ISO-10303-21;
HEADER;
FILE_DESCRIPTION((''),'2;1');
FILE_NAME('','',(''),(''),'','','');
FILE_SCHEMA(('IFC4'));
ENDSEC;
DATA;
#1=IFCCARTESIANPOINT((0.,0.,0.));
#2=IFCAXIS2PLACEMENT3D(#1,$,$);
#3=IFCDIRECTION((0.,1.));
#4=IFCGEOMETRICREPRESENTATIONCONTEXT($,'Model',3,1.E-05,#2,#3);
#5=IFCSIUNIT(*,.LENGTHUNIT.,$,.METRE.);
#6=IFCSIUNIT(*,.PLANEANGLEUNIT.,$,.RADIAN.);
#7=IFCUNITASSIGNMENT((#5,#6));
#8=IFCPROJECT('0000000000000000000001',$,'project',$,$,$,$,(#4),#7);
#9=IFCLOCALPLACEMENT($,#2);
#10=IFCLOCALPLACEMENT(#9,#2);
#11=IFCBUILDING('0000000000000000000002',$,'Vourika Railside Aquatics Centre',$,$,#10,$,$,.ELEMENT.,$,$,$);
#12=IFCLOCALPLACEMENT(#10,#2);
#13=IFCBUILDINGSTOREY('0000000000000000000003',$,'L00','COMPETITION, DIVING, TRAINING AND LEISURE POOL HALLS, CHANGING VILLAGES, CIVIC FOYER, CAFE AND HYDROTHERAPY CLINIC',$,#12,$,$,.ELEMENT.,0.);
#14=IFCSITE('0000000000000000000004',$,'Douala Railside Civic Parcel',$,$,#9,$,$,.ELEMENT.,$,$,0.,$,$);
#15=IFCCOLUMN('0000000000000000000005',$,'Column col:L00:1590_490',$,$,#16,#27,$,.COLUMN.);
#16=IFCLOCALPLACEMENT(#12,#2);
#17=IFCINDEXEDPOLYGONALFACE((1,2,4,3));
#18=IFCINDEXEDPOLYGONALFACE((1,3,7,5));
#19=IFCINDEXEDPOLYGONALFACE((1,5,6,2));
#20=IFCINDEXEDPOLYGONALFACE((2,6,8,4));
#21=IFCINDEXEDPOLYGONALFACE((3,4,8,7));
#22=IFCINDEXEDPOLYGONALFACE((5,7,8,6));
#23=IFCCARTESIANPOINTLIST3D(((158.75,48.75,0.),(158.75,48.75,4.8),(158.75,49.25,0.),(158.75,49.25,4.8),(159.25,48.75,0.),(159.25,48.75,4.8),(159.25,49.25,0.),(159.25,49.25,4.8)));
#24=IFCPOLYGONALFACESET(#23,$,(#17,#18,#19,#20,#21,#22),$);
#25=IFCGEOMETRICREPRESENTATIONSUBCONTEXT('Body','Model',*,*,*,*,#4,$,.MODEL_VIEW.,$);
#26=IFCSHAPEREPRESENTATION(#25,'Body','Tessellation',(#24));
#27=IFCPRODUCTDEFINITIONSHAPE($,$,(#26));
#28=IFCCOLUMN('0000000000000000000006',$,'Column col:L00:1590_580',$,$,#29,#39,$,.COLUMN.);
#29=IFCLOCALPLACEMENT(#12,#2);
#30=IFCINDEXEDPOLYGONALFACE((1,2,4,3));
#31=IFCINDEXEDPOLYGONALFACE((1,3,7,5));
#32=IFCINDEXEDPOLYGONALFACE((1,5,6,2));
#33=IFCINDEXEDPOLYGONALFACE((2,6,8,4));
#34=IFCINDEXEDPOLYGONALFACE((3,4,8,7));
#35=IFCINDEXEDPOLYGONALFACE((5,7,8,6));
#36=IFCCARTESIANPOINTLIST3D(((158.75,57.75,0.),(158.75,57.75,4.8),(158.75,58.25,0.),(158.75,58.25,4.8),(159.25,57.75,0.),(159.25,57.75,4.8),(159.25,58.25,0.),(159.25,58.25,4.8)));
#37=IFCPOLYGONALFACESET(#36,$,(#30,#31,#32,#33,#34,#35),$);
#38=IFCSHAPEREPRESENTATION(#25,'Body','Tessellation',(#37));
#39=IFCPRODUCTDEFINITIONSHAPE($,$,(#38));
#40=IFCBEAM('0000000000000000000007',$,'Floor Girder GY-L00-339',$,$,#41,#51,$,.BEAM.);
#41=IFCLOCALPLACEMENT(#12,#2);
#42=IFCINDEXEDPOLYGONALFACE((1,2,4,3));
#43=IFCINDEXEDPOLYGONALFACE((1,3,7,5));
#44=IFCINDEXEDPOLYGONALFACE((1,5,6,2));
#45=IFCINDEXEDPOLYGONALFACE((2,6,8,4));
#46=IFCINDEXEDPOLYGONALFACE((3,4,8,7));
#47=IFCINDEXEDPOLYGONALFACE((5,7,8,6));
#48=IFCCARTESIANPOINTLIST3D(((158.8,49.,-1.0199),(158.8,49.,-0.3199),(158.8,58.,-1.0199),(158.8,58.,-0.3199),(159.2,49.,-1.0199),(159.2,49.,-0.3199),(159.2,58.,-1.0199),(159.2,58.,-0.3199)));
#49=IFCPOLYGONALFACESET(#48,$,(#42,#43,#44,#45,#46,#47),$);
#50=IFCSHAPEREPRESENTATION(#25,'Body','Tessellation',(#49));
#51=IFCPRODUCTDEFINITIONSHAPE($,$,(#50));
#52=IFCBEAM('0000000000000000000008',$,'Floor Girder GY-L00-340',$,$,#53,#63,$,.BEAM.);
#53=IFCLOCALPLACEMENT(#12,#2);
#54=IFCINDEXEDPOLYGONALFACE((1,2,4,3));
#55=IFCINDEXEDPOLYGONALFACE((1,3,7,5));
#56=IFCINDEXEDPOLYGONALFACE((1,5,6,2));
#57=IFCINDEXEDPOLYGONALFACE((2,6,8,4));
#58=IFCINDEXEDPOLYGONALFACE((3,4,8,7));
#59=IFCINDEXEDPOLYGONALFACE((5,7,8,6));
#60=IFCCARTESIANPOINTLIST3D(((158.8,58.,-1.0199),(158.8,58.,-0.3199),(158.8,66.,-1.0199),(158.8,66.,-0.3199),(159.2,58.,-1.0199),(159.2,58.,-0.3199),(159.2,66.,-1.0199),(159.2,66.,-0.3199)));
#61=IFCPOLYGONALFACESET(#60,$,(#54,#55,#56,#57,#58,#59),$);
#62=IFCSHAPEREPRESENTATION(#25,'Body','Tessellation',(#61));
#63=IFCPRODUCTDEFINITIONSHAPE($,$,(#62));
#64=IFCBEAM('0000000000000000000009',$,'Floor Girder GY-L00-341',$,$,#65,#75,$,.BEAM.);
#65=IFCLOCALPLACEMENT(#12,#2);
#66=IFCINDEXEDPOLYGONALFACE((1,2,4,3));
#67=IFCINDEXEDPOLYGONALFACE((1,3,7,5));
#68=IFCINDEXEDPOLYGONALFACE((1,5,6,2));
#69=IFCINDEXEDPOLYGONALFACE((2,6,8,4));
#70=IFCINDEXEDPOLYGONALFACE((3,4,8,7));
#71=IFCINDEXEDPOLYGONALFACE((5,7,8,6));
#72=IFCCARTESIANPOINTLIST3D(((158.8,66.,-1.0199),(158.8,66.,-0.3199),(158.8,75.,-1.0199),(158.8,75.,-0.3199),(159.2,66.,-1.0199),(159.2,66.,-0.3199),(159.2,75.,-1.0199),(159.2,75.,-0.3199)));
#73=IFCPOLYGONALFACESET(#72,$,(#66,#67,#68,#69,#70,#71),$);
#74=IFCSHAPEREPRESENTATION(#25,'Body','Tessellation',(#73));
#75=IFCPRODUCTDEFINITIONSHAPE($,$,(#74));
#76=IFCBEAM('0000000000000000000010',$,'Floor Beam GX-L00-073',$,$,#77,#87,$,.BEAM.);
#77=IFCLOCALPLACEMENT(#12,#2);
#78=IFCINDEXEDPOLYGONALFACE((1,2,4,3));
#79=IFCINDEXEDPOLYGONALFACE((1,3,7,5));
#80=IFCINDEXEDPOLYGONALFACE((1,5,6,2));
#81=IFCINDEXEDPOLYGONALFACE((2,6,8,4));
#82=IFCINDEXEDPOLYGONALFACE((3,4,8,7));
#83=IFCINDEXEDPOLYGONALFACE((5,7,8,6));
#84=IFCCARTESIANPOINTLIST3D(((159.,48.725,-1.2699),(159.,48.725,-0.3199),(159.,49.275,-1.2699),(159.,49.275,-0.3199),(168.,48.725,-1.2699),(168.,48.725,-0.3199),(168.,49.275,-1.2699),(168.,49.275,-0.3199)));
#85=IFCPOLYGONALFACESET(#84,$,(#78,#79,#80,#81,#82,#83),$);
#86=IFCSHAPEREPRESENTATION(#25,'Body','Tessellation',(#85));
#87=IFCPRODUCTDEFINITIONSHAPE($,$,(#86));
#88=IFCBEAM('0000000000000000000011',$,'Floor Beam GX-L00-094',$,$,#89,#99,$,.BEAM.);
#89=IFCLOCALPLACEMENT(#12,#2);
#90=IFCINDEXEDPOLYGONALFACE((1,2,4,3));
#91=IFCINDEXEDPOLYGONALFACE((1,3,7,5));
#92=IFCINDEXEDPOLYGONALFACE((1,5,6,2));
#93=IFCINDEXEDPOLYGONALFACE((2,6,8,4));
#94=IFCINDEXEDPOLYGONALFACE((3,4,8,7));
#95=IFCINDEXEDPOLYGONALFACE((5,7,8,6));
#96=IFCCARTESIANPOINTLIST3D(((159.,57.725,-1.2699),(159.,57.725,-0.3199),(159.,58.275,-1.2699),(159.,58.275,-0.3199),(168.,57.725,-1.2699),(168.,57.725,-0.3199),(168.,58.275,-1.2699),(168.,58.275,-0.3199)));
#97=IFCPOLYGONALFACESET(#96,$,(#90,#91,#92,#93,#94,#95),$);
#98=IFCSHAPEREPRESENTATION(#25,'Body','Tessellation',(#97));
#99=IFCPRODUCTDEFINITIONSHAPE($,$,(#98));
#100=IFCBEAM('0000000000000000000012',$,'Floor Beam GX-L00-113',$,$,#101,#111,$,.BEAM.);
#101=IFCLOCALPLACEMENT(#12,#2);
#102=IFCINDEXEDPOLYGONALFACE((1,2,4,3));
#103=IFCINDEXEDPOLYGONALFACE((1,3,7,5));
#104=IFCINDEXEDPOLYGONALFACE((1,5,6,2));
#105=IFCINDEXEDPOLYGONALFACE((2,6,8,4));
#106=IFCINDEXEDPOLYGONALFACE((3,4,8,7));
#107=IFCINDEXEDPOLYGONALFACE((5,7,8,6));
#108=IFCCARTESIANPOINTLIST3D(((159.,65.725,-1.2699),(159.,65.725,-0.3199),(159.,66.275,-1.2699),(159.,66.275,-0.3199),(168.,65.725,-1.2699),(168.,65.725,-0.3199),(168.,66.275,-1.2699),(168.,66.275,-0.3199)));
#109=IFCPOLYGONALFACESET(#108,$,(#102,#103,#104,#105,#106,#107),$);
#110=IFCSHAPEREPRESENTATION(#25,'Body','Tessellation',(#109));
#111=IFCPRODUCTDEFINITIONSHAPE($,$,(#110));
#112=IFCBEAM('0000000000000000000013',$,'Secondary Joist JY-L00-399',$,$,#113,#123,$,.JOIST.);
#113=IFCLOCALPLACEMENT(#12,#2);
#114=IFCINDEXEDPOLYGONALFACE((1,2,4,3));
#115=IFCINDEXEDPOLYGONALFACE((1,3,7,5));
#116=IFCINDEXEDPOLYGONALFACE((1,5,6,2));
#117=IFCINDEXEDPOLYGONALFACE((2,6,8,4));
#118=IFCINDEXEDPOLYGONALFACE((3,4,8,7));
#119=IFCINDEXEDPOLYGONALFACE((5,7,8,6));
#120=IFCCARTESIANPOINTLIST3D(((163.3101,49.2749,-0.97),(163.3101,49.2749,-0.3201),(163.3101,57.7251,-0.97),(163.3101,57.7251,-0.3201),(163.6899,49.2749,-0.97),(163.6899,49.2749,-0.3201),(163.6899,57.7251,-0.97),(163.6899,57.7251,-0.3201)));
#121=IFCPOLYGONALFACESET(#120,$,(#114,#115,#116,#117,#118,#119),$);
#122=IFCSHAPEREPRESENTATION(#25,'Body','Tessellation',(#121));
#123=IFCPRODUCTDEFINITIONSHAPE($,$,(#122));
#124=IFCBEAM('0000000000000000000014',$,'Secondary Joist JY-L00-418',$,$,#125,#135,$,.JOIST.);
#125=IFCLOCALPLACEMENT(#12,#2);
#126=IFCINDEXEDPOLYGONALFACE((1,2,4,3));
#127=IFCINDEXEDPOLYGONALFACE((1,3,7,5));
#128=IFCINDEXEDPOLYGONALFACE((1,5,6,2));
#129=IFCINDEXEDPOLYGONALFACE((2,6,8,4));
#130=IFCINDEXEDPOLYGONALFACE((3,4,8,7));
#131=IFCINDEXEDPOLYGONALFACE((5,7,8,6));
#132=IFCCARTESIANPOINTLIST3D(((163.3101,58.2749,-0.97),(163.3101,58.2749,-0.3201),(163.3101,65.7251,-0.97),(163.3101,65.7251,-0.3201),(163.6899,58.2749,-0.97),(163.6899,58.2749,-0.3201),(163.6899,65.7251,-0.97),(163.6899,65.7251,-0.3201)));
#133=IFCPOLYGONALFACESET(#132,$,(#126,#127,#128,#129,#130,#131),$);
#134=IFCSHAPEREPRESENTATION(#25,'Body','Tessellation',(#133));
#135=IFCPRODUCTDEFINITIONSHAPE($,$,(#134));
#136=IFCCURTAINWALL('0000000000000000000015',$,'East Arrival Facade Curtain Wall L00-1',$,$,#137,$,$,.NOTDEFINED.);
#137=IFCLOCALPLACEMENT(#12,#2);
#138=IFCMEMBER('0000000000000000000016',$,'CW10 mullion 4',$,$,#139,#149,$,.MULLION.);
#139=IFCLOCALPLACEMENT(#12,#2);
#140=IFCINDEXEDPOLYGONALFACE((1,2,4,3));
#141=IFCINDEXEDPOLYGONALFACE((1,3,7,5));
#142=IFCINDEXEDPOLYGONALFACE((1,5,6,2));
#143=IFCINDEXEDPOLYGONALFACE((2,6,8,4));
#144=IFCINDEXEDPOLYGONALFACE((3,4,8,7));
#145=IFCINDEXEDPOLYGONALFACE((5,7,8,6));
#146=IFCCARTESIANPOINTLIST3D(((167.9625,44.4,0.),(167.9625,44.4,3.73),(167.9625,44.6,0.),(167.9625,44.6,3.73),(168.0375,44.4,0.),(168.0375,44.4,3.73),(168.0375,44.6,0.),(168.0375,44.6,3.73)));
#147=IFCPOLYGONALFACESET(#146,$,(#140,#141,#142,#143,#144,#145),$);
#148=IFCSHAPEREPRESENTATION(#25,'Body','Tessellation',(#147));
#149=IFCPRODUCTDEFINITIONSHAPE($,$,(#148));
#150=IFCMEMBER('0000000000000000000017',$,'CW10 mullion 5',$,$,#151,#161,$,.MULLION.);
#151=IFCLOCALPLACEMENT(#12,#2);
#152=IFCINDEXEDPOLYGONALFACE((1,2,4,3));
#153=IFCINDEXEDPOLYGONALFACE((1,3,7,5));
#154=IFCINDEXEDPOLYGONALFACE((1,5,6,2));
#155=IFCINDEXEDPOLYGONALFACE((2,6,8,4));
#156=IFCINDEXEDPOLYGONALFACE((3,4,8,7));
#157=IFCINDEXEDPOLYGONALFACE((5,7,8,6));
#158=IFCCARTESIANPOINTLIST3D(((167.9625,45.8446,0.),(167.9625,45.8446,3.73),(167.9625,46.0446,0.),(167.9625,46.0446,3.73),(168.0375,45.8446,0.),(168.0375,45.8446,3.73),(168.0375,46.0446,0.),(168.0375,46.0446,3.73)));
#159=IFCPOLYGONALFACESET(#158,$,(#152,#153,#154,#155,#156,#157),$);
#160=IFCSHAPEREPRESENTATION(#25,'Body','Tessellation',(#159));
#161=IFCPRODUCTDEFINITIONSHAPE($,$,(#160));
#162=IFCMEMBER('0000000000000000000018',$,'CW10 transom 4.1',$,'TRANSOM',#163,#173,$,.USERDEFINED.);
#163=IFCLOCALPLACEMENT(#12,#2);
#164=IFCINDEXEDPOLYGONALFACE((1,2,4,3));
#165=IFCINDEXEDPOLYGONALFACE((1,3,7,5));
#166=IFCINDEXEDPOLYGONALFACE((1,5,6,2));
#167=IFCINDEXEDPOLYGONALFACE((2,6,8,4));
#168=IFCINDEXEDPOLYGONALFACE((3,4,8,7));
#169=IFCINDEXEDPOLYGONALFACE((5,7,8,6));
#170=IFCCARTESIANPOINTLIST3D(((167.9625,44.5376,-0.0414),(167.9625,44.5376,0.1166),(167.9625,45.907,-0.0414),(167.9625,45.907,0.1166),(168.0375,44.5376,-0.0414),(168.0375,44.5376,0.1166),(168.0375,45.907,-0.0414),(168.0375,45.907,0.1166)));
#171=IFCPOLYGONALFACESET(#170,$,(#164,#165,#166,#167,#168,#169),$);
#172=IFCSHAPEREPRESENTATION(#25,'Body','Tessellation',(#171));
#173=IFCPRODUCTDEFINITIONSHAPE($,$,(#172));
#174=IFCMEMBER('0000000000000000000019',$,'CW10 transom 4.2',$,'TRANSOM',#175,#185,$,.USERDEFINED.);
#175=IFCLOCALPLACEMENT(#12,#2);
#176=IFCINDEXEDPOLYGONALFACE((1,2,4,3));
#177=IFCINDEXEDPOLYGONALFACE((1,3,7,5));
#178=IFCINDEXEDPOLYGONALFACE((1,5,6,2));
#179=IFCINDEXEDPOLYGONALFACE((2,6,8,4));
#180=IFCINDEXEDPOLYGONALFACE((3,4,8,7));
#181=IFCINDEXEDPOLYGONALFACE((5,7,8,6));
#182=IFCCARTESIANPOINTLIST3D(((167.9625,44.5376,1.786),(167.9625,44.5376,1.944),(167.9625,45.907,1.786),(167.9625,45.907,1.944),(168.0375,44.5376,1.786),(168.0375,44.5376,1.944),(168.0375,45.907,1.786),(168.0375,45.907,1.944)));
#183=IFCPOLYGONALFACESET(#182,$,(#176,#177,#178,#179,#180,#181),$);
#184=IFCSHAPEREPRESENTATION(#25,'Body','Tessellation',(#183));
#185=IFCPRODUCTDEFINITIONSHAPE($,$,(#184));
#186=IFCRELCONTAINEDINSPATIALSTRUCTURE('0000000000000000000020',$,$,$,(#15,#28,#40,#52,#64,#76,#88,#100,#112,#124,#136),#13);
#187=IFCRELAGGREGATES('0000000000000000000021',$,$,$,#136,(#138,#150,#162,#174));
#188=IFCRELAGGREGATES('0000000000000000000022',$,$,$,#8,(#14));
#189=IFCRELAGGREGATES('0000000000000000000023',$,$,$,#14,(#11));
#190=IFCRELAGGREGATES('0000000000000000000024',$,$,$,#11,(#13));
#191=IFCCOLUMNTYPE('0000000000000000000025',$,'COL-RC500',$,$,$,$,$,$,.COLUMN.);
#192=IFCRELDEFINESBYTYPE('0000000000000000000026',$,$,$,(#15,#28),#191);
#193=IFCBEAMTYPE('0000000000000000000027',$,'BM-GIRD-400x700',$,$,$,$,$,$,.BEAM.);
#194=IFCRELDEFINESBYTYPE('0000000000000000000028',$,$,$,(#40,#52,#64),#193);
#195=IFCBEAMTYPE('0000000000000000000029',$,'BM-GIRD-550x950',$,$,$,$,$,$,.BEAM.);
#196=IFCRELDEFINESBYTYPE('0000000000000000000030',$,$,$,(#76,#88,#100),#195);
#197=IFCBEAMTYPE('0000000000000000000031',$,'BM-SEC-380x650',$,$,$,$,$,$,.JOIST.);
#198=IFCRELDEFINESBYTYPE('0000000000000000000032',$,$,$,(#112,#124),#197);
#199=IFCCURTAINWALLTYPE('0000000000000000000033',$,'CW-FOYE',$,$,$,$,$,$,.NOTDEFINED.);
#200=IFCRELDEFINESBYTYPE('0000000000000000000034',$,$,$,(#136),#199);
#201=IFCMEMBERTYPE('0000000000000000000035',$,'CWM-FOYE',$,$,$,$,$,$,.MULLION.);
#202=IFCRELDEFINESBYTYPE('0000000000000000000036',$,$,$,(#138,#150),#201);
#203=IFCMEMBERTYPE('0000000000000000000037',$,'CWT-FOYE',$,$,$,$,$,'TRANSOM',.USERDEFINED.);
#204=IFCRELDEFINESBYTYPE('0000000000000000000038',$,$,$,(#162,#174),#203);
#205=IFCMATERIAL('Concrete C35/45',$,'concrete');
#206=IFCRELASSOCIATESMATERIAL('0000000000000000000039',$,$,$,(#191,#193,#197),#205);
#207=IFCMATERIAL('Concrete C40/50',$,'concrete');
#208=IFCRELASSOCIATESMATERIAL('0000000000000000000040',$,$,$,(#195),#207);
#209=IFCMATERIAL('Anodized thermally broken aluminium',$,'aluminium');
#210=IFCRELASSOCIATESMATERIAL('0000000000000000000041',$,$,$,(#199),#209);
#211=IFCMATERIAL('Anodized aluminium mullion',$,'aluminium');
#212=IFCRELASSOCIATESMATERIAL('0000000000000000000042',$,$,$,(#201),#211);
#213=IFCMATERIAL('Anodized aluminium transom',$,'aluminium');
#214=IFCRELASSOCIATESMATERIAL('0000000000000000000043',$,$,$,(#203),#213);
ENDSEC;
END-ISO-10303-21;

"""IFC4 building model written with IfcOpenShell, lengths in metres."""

from ifc_helpers import new_model, si_unit, direction, frame, origin, origin_2d, place, context, subcontext, project, spatial, rectangle, extrude, material, material_profile, profile_set, type_object, element, aggregate, save


model = new_model("IFC4")

# Units and contexts
model_context = context("Model", 3, precision=1e-05, world=origin(), true_north=direction((0.0, 1.0)))
body_context = subcontext(model_context, "Body", "Model", "MODEL_VIEW")
ifc_project = project(units=[si_unit("LENGTHUNIT", "METRE"), si_unit("PLANEANGLEUNIT", "RADIAN")], contexts=[model_context])

# Site, building, storey
site_placement = place(None, origin())
site = spatial("IfcSite", under=ifc_project, at=site_placement, Name="Douala Railside Civic Parcel", CompositionType="ELEMENT", RefElevation=0.0)
building_placement = place(site_placement, origin())
building = spatial("IfcBuilding", under=site, at=building_placement, Name="Vourika Railside Aquatics Centre", CompositionType="ELEMENT")
storey_placement = place(building_placement, origin())
storey = spatial("IfcBuildingStorey", under=building, at=storey_placement, Name="L00", Description="COMPETITION, DIVING, TRAINING AND LEISURE POOL HALLS, CHANGING VILLAGES, CIVIC FOYER, CAFE AND HYDROTHERAPY CLINIC", CompositionType="ELEMENT", Elevation=0.0)

# Columns
ifc_material_1 = material(Name="Concrete C35/45", Category="concrete")
ifc_material_profile_1 = material_profile(ifc_material_1, rectangle(XDim=0.5, YDim=0.5, at=origin_2d()), Name="RC 500x500")
ifc_profile_set_1 = profile_set([ifc_material_profile_1], Name="Concrete C35/45")
column_type = type_object("IfcColumnType", Name="COL-RC500", PredefinedType="COLUMN", material=ifc_profile_set_1)
for number, where, z_axis, x_axis, name in (
    (1, (159.0, 49.0, 0.0), (0.0, 0.0, 1.0), (1.0, 0.0, 0.0), "Column col:L00:1590_490"),
    (2, (159.0, 58.0, 0.0), (0.0, 0.0, 1.0), (1.0, 0.0, 0.0), "Column col:L00:1590_580"),
):
    element("IfcColumn", number, at=place(storey_placement, frame(where, z_axis=z_axis, x_axis=x_axis)), inside=storey, type_object=column_type, Name=name, PredefinedType="COLUMN", context=body_context, shape_type="SweptSolid", body=[
        extrude(rectangle(XDim=0.5, YDim=0.5, at=origin_2d()), origin(), (0.0, 0.0, 1.0), 4.8),
    ])

# Beams
ifc_material_profile_2 = material_profile(ifc_material_1, rectangle(XDim=0.3999, YDim=0.7, at=origin_2d()), Name="RC 400x700")
ifc_profile_set_2 = profile_set([ifc_material_profile_2], Name="Concrete C35/45")
beam_type_1 = type_object("IfcBeamType", Name="BM-GIRD-400x700", PredefinedType="BEAM", material=ifc_profile_set_2)
beam_1_placement = place(storey_placement, frame((159.0, 49.0, -0.6699), z_axis=(0.0, 1.0, 0.0), x_axis=(-1.0, 0.0, 0.0)))
element("IfcBeam", 3, at=beam_1_placement, inside=storey, type_object=beam_type_1, Name="Floor Girder GY-L00-339", PredefinedType="BEAM", context=body_context, shape_type="SweptSolid", body=[
    extrude(rectangle(XDim=0.3999, YDim=0.7, at=origin_2d()), origin(), (0.0, 0.0, 1.0), 9.0),
])
beam_2_placement = place(storey_placement, frame((159.0, 58.0, -0.6699), z_axis=(0.0, 1.0, 0.0), x_axis=(-1.0, 0.0, 0.0)))
element("IfcBeam", 4, at=beam_2_placement, inside=storey, type_object=beam_type_1, Name="Floor Girder GY-L00-340", PredefinedType="BEAM", context=body_context, shape_type="SweptSolid", body=[
    extrude(rectangle(XDim=0.3999, YDim=0.7, at=origin_2d()), origin(), (0.0, 0.0, 1.0), 8.0),
])
beam_3_placement = place(storey_placement, frame((159.0, 66.0, -0.6699), z_axis=(0.0, 1.0, 0.0), x_axis=(-1.0, 0.0, 0.0)))
element("IfcBeam", 5, at=beam_3_placement, inside=storey, type_object=beam_type_1, Name="Floor Girder GY-L00-341", PredefinedType="BEAM", context=body_context, shape_type="SweptSolid", body=[
    extrude(rectangle(XDim=0.3999, YDim=0.7, at=origin_2d()), origin(), (0.0, 0.0, 1.0), 9.0),
])
ifc_material_2 = material(Name="Concrete C40/50", Category="concrete")
ifc_material_profile_3 = material_profile(ifc_material_2, rectangle(XDim=0.55, YDim=0.95, at=origin_2d()), Name="RC 550x950")
ifc_profile_set_3 = profile_set([ifc_material_profile_3], Name="Concrete C40/50")
beam_type_2 = type_object("IfcBeamType", Name="BM-GIRD-550x950", PredefinedType="BEAM", material=ifc_profile_set_3)
for number, where, z_axis, x_axis, name in (
    (6, (159.0, 49.0, -0.7949), (1.0, 0.0, 0.0), (0.0, 1.0, 0.0), "Floor Beam GX-L00-073"),
    (7, (159.0, 58.0, -0.7949), (1.0, 0.0, 0.0), (0.0, 1.0, 0.0), "Floor Beam GX-L00-094"),
    (8, (159.0, 66.0, -0.7949), (1.0, 0.0, 0.0), (0.0, 1.0, 0.0), "Floor Beam GX-L00-113"),
):
    element("IfcBeam", number, at=place(storey_placement, frame(where, z_axis=z_axis, x_axis=x_axis)), inside=storey, type_object=beam_type_2, Name=name, PredefinedType="BEAM", context=body_context, shape_type="SweptSolid", body=[
        extrude(rectangle(XDim=0.55, YDim=0.95, at=origin_2d()), origin(), (0.0, 0.0, 1.0), 9.0),
    ])
ifc_material_profile_4 = material_profile(ifc_material_1, rectangle(XDim=0.3799, YDim=0.6499, at=origin_2d()), Name="RC 380x650")
ifc_profile_set_4 = profile_set([ifc_material_profile_4], Name="Concrete C35/45")
beam_type_3 = type_object("IfcBeamType", Name="BM-SEC-380x650", PredefinedType="JOIST", material=ifc_profile_set_4)
beam_4_placement = place(storey_placement, frame((163.5, 49.2749, -0.645), z_axis=(0.0, 1.0, 0.0), x_axis=(-1.0, 0.0, 0.0)))
element("IfcBeam", 9, at=beam_4_placement, inside=storey, type_object=beam_type_3, Name="Secondary Joist JY-L00-399", PredefinedType="JOIST", context=body_context, shape_type="SweptSolid", body=[
    extrude(rectangle(XDim=0.3799, YDim=0.6499, at=origin_2d()), origin(), (0.0, 0.0, 1.0), 8.4502),
])
beam_5_placement = place(storey_placement, frame((163.5, 58.2749, -0.645), z_axis=(0.0, 1.0, 0.0), x_axis=(-1.0, 0.0, 0.0)))
element("IfcBeam", 10, at=beam_5_placement, inside=storey, type_object=beam_type_3, Name="Secondary Joist JY-L00-418", PredefinedType="JOIST", context=body_context, shape_type="SweptSolid", body=[
    extrude(rectangle(XDim=0.3799, YDim=0.6499, at=origin_2d()), origin(), (0.0, 0.0, 1.0), 7.4502),
])

# Curtain wall, members
ifc_material_3 = material(Name="Anodized thermally broken aluminium", Category="aluminium")
curtain_wall_type = type_object("IfcCurtainWallType", Name="CW-FOYE", PredefinedType="NOTDEFINED", material=ifc_material_3)
curtain_wall_placement = place(storey_placement, origin())
curtain_wall = element("IfcCurtainWall", 11, at=curtain_wall_placement, inside=storey, type_object=curtain_wall_type, Name="East Arrival Facade Curtain Wall L00-1", PredefinedType="NOTDEFINED")
ifc_material_4 = material(Name="Anodized aluminium mullion", Category="aluminium")
ifc_material_profile_5 = material_profile(ifc_material_4, rectangle(XDim=0.075, YDim=0.2, at=origin_2d()), Name="ALU-M 75x200")
ifc_profile_set_5 = profile_set([ifc_material_profile_5], Name="Anodized aluminium mullion")
member_type_1 = type_object("IfcMemberType", Name="CWM-FOYE", PredefinedType="MULLION", material=ifc_profile_set_5)
member_1_placement = place(storey_placement, frame((168.0, 44.5, 0.0), z_axis=(0.0, 0.0, 1.0), x_axis=(-1.0, 0.0, 0.0)))
member_1 = element("IfcMember", 12, at=member_1_placement, type_object=member_type_1, Name="CW10 mullion 4", PredefinedType="MULLION", context=body_context, shape_type="SweptSolid", body=[
    extrude(rectangle(XDim=0.075, YDim=0.2, at=origin_2d()), origin(), (0.0, 0.0, 1.0), 3.73),
])
member_2_placement = place(storey_placement, frame((168.0, 45.9446, 0.0), z_axis=(0.0, 0.0, 1.0), x_axis=(-1.0, 0.0, 0.0)))
member_2 = element("IfcMember", 13, at=member_2_placement, type_object=member_type_1, Name="CW10 mullion 5", PredefinedType="MULLION", context=body_context, shape_type="SweptSolid", body=[
    extrude(rectangle(XDim=0.075, YDim=0.2, at=origin_2d()), origin(), (0.0, 0.0, 1.0), 3.73),
])
ifc_material_5 = material(Name="Anodized aluminium transom", Category="aluminium")
ifc_material_profile_6 = material_profile(ifc_material_5, rectangle(XDim=0.075, YDim=0.158, at=origin_2d()), Name="ALU-T 75x158")
ifc_profile_set_6 = profile_set([ifc_material_profile_6], Name="Anodized aluminium transom")
member_type_2 = type_object("IfcMemberType", Name="CWT-FOYE", ElementType="TRANSOM", PredefinedType="USERDEFINED", material=ifc_profile_set_6)
member_3_placement = place(storey_placement, frame((168.0, 44.5376, 0.0376), z_axis=(0.0, 1.0, 0.0), x_axis=(-1.0, 0.0, 0.0)))
member_3 = element("IfcMember", 14, at=member_3_placement, type_object=member_type_2, Name="CW10 transom 4.1", ObjectType="TRANSOM", PredefinedType="USERDEFINED", context=body_context, shape_type="SweptSolid", body=[
    extrude(rectangle(XDim=0.075, YDim=0.158, at=origin_2d()), origin(), (0.0, 0.0, 1.0), 1.3694),
])
member_4_placement = place(storey_placement, frame((168.0, 44.5376, 1.865), z_axis=(0.0, 1.0, 0.0), x_axis=(-1.0, 0.0, 0.0)))
member_4 = element("IfcMember", 15, at=member_4_placement, type_object=member_type_2, Name="CW10 transom 4.2", ObjectType="TRANSOM", PredefinedType="USERDEFINED", context=body_context, shape_type="SweptSolid", body=[
    extrude(rectangle(XDim=0.075, YDim=0.158, at=origin_2d()), origin(), (0.0, 0.0, 1.0), 1.3694),
])
aggregate(curtain_wall, [member_1, member_2, member_3, member_4])

save(model, "model.ifc")
